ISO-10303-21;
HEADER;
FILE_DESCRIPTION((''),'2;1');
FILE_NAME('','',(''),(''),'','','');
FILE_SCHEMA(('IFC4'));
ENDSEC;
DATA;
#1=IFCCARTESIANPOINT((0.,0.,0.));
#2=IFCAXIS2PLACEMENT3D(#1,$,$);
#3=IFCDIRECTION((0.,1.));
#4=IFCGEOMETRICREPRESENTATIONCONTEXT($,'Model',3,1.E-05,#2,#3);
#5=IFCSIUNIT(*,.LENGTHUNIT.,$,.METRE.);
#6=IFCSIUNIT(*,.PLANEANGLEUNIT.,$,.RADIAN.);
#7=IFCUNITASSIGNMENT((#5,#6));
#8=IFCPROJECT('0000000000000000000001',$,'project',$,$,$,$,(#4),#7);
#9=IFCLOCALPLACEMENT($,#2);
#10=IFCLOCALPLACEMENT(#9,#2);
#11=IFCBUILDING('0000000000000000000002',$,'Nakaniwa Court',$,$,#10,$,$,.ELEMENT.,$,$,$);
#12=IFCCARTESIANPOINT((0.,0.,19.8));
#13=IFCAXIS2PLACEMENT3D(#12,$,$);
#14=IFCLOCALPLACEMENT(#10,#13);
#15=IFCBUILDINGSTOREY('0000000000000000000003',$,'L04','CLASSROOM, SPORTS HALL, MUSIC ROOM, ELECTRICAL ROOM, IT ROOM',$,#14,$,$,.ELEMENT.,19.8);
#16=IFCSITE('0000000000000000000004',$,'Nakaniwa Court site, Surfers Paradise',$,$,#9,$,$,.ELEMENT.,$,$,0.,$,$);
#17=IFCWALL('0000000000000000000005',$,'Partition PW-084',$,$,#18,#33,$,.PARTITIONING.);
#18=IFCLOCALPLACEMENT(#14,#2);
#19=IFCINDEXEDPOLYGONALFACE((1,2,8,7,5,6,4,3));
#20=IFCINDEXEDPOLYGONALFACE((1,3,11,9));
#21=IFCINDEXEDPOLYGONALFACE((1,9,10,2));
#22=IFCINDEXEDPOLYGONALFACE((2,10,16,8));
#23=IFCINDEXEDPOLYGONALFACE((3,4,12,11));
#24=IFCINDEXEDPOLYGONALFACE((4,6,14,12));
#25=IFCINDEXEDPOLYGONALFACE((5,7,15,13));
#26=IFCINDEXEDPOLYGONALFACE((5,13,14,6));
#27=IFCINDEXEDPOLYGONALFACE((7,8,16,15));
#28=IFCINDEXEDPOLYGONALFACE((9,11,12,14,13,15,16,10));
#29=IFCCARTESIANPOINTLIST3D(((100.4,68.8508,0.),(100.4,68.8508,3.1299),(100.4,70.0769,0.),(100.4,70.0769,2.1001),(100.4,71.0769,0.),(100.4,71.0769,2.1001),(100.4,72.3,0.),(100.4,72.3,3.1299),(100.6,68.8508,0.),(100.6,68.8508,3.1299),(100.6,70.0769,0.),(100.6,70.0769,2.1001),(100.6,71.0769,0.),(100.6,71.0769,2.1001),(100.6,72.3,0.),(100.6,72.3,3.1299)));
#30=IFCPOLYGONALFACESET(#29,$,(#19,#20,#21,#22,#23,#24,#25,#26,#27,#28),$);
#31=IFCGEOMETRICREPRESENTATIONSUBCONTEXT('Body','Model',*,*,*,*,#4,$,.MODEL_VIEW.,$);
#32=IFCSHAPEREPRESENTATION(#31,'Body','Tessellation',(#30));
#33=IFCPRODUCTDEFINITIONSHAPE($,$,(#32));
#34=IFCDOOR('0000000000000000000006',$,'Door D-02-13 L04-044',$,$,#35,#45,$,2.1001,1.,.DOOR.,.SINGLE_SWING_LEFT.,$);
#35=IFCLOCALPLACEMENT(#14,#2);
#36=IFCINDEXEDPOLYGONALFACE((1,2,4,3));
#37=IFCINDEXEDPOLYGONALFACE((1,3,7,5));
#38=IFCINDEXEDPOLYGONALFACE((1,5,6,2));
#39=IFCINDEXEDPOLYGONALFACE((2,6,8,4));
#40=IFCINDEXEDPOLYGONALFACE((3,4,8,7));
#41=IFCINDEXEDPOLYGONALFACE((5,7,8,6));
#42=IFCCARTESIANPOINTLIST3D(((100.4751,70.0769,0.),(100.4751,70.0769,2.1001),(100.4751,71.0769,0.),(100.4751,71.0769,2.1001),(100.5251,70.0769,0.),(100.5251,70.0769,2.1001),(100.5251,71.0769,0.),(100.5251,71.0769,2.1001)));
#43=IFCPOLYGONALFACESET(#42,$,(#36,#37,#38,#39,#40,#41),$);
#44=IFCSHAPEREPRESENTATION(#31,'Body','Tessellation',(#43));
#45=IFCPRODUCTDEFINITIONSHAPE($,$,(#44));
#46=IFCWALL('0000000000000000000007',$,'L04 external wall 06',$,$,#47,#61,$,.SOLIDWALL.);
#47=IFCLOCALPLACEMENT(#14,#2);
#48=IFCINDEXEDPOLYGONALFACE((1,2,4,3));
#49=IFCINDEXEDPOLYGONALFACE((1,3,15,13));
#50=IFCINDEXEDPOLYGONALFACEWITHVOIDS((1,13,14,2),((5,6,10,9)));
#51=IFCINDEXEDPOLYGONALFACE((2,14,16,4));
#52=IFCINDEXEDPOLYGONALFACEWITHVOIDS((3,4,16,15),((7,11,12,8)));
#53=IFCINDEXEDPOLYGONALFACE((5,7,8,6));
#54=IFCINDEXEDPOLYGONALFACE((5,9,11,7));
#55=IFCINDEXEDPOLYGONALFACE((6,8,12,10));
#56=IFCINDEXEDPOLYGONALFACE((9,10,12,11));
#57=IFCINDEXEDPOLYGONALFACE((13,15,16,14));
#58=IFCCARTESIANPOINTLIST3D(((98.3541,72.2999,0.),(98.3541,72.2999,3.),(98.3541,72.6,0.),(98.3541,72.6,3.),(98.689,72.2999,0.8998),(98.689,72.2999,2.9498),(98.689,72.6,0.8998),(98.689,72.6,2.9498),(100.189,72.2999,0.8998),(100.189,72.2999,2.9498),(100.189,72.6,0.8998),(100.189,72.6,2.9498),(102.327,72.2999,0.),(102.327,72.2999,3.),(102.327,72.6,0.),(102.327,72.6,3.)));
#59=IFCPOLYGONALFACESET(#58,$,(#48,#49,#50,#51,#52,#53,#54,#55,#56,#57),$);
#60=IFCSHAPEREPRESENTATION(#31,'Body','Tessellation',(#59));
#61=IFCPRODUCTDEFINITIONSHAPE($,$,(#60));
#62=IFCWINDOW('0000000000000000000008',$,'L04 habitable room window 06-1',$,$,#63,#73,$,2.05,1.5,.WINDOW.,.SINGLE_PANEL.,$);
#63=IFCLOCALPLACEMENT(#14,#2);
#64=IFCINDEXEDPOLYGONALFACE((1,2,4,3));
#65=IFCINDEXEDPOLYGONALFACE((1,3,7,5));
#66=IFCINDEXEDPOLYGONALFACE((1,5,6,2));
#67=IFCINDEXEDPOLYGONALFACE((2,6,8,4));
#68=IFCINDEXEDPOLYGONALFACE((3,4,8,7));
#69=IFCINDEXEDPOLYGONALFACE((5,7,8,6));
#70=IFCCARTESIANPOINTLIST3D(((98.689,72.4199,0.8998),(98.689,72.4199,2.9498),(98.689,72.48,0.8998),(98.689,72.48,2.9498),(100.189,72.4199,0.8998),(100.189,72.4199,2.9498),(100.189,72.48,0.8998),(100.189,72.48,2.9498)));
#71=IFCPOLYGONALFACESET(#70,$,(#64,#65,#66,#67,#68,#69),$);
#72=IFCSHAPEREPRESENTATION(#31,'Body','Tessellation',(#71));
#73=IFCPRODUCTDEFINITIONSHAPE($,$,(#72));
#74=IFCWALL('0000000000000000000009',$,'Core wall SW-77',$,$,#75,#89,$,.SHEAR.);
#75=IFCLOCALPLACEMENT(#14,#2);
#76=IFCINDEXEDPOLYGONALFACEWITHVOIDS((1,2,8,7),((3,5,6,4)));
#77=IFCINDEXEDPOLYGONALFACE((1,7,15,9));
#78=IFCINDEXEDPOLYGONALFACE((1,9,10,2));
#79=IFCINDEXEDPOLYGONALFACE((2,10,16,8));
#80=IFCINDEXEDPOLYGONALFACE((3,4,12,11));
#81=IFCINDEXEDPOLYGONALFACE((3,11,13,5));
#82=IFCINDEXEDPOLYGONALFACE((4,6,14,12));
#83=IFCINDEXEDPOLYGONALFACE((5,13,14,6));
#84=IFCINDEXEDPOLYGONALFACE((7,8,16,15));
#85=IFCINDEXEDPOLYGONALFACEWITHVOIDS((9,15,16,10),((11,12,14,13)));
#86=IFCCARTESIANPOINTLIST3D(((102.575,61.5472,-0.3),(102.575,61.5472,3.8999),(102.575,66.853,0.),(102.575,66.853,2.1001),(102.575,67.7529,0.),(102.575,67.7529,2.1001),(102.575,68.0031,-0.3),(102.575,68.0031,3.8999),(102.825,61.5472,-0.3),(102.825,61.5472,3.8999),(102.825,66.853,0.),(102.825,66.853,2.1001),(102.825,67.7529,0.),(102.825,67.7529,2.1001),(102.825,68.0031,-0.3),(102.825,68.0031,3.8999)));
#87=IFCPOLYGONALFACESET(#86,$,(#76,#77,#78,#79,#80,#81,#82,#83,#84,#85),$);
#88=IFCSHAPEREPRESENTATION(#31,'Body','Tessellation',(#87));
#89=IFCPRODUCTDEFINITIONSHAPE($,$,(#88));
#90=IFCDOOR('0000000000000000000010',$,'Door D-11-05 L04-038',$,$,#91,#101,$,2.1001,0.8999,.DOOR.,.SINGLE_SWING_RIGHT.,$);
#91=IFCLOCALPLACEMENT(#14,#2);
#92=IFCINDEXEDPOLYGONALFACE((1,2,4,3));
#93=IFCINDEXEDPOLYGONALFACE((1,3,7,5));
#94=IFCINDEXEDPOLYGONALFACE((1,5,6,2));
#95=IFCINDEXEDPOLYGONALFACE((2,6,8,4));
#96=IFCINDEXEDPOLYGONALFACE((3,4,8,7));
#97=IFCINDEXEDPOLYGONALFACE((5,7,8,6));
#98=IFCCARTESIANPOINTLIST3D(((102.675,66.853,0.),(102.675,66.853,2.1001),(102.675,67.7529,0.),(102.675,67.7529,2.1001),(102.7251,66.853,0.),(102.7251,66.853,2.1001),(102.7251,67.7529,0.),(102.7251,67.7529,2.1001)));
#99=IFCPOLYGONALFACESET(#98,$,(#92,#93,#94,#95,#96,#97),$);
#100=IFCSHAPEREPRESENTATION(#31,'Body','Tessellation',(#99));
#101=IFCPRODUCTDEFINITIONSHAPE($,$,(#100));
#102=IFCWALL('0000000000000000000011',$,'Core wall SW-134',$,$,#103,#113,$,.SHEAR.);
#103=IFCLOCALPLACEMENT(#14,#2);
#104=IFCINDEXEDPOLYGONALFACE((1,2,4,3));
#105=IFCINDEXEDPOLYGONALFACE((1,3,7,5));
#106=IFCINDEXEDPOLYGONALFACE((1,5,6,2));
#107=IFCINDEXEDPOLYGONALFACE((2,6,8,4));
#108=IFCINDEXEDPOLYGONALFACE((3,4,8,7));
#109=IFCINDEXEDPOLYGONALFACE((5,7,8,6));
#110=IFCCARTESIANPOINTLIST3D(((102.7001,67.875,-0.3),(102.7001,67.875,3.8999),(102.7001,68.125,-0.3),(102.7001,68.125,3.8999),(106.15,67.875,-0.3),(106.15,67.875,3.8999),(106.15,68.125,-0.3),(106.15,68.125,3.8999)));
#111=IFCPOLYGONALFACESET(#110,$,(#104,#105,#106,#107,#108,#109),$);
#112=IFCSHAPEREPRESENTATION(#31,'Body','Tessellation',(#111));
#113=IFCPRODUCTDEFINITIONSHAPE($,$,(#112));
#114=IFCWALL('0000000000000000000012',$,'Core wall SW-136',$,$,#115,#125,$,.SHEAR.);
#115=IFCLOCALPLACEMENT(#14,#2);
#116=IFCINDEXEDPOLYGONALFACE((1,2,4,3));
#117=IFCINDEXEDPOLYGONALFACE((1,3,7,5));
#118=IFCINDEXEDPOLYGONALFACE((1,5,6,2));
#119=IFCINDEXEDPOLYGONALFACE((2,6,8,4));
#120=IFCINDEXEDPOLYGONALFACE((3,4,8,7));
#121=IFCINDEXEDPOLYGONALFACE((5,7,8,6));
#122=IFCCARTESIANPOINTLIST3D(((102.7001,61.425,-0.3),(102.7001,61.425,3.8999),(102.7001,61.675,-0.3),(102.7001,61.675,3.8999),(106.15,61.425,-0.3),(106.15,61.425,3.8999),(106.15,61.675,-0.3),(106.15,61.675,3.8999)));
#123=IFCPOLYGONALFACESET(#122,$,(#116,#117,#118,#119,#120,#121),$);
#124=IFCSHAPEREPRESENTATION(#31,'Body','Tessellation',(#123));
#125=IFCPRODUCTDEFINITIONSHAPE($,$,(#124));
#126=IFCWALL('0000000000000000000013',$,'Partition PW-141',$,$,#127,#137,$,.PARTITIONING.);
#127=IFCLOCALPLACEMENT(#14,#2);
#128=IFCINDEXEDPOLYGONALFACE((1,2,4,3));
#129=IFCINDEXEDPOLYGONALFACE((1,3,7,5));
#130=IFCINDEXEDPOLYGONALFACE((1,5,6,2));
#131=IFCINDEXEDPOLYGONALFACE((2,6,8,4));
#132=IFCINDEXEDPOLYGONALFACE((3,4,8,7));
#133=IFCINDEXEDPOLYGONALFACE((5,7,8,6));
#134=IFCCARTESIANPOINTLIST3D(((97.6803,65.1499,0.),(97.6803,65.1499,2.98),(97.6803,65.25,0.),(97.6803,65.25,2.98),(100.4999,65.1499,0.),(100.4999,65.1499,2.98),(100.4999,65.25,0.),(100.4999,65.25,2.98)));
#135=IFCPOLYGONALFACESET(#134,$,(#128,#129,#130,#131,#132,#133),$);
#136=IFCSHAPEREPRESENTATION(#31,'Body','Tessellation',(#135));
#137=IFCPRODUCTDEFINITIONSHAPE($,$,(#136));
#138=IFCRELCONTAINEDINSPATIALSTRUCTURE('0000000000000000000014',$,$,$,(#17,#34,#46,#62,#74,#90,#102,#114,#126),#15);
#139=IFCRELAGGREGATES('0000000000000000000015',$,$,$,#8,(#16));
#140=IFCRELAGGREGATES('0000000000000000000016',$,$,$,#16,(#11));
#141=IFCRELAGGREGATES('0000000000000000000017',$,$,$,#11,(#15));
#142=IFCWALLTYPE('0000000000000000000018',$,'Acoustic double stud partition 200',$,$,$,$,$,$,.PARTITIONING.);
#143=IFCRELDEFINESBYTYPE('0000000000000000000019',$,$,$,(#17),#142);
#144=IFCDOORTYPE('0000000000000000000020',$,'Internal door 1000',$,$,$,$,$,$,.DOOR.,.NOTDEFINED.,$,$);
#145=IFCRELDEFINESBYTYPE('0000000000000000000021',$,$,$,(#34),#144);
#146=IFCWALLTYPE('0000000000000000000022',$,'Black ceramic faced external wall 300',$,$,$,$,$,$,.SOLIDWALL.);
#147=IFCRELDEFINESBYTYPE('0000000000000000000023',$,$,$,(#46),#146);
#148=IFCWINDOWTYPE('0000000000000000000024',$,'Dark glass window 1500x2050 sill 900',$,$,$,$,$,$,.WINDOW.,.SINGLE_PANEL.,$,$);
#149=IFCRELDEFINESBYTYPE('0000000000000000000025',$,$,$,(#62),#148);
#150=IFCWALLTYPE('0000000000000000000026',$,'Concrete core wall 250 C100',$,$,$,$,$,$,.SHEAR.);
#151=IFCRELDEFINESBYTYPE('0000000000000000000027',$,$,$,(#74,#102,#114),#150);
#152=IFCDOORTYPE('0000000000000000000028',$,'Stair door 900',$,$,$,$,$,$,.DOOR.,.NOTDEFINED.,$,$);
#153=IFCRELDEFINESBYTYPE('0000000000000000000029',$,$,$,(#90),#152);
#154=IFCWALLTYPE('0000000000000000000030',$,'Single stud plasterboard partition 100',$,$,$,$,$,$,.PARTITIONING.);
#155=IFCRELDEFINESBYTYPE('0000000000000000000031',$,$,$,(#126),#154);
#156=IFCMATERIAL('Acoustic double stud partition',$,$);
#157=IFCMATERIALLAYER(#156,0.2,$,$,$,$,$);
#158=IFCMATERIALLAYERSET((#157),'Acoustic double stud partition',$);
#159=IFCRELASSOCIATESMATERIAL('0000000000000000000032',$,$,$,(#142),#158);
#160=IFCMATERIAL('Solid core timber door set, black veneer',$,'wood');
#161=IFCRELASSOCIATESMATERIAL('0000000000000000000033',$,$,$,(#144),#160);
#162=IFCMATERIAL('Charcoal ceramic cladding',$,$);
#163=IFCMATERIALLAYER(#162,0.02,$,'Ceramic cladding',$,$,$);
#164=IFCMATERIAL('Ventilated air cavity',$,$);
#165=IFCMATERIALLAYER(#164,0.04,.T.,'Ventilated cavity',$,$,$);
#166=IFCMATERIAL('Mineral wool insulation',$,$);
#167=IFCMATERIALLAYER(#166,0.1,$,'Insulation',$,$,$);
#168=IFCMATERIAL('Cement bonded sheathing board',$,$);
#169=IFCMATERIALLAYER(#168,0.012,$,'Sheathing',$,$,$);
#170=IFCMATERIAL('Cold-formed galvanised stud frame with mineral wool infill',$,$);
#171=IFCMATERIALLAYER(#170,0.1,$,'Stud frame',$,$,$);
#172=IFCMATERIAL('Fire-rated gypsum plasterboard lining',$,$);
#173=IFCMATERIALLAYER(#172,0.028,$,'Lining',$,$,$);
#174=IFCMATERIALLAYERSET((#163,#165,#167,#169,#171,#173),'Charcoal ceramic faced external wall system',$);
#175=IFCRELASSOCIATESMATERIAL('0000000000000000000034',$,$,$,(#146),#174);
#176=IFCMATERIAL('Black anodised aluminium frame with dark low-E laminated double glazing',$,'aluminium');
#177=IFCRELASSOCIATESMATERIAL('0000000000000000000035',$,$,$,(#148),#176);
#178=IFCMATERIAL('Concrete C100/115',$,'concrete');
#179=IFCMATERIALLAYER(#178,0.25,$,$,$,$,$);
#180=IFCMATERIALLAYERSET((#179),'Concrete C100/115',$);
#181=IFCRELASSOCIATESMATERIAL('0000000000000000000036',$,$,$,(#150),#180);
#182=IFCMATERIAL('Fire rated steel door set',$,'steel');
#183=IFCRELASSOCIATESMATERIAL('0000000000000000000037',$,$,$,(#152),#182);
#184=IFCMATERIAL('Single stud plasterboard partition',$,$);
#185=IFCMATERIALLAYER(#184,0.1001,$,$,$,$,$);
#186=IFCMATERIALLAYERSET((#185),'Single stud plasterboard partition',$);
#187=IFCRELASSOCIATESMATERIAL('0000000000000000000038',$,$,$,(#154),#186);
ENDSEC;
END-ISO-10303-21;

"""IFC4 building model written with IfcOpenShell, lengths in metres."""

from ifc_helpers import new_model, si_unit, direction, frame, frame_2d, origin, place, context, subcontext, project, spatial, rectangle, extrude, material, layer, layer_set, type_object, element, fill, save


model = new_model("IFC4")

# Units and contexts
model_context = context("Model", 3, precision=1e-05, world=origin(), true_north=direction((0.0, 1.0)))
body_context = subcontext(model_context, "Body", "Model", "MODEL_VIEW")
ifc_project = project(units=[si_unit("LENGTHUNIT", "METRE"), si_unit("PLANEANGLEUNIT", "RADIAN")], contexts=[model_context])

# Site, building, storey
site_placement = place(None, origin())
site = spatial("IfcSite", under=ifc_project, at=site_placement, Name="Nakaniwa Court site, Surfers Paradise", CompositionType="ELEMENT", RefElevation=0.0)
building_placement = place(site_placement, origin())
building = spatial("IfcBuilding", under=site, at=building_placement, Name="Nakaniwa Court", CompositionType="ELEMENT")
storey_placement = place(building_placement, frame((0.0, 0.0, 19.8)))
storey = spatial("IfcBuildingStorey", under=building, at=storey_placement, Name="L04", Description="CLASSROOM, SPORTS HALL, MUSIC ROOM, ELECTRICAL ROOM, IT ROOM", CompositionType="ELEMENT", Elevation=19.8)

# Shared definitions
ifc_material_1 = material(Name="Concrete C100/115", Category="concrete")

# Wall, opening, door
ifc_material_2 = material(Name="Acoustic double stud partition")
ifc_layer_1 = layer(ifc_material_2, 0.2)
ifc_layer_set_1 = layer_set([ifc_layer_1], Name="Acoustic double stud partition")
wall_type_1 = type_object("IfcWallType", Name="Acoustic double stud partition 200", PredefinedType="PARTITIONING", material=ifc_layer_set_1)
ifc_material_3 = material(Name="Solid core timber door set, black veneer", Category="wood")
door_type_1 = type_object("IfcDoorType", Name="Internal door 1000", OperationType="NOTDEFINED", PredefinedType="DOOR", material=ifc_material_3)
wall_1_placement = place(storey_placement, frame((100.5, 68.8508, 0.0), z_axis=(0.0, 0.0, 1.0), x_axis=(0.0, 1.0, 0.0)))
wall_1 = element("IfcWall", 1, at=wall_1_placement, inside=storey, type_object=wall_type_1, Name="Partition PW-084", PredefinedType="PARTITIONING", context=body_context, shape_type="SweptSolid", body=[
    extrude(rectangle(XDim=3.4492, YDim=0.2, at=frame_2d((1.7246, 0.0))), origin(), (0.0, 0.0, 1.0), 3.1299),
])
opening_1_placement = place(wall_1_placement, frame((1.2261, 0.0, 0.0)))
opening_1 = element("IfcOpeningElement", 2, at=opening_1_placement, cuts=wall_1, PredefinedType="OPENING", context=body_context, shape_type="SweptSolid", body=[
    extrude(rectangle(XDim=1.0, YDim=2.1001, at=frame_2d((0.5, 1.05))), frame((0.0, 0.1099, 0.0), z_axis=(0.0, -1.0, 0.0), x_axis=(1.0, 0.0, 0.0)), (0.0, 0.0, 1.0), 0.22),
])
door_1_placement = place(opening_1_placement, origin())
door_1 = element("IfcDoor", 3, at=door_1_placement, inside=storey, type_object=door_type_1, Name="Door D-02-13 L04-044", OperationType="SINGLE_SWING_LEFT", OverallHeight=2.1001, OverallWidth=1.0, PredefinedType="DOOR", context=body_context, shape_type="SweptSolid", body=[
    extrude(rectangle(XDim=1.0, YDim=2.1001, at=frame_2d((0.5, 1.05))), frame((0.0, 0.0249, 0.0), z_axis=(0.0, -1.0, 0.0), x_axis=(1.0, 0.0, 0.0)), (0.0, 0.0, 1.0), 0.05),
])
fill(opening_1, door_1)

# Wall, opening, window
ifc_material_4 = material(Name="Charcoal ceramic cladding")
ifc_layer_2 = layer(ifc_material_4, 0.02, Name="Ceramic cladding")
ifc_material_5 = material(Name="Ventilated air cavity")
ifc_layer_3 = layer(ifc_material_5, 0.04, ventilated=True, Name="Ventilated cavity")
ifc_material_6 = material(Name="Mineral wool insulation")
ifc_layer_4 = layer(ifc_material_6, 0.1, Name="Insulation")
ifc_material_7 = material(Name="Cement bonded sheathing board")
ifc_layer_5 = layer(ifc_material_7, 0.012, Name="Sheathing")
ifc_material_8 = material(Name="Cold-formed galvanised stud frame with mineral wool infill")
ifc_layer_6 = layer(ifc_material_8, 0.1, Name="Stud frame")
ifc_material_9 = material(Name="Fire-rated gypsum plasterboard lining")
ifc_layer_7 = layer(ifc_material_9, 0.028, Name="Lining")
ifc_layer_set_2 = layer_set([ifc_layer_2, ifc_layer_3, ifc_layer_4, ifc_layer_5, ifc_layer_6, ifc_layer_7], Name="Charcoal ceramic faced external wall system")
wall_type_2 = type_object("IfcWallType", Name="Black ceramic faced external wall 300", PredefinedType="SOLIDWALL", material=ifc_layer_set_2)
wall_2_placement = place(storey_placement, frame((102.3269, 72.45, 0.0), z_axis=(0.0, 0.0, 1.0), x_axis=(-1.0, 0.0, 0.0)))
wall_2 = element("IfcWall", 4, at=wall_2_placement, inside=storey, type_object=wall_type_2, Name="L04 external wall 06", PredefinedType="SOLIDWALL", context=body_context, shape_type="SweptSolid", body=[
    extrude(rectangle(XDim=3.9729, YDim=0.3, at=frame_2d((1.9863, 0.0))), origin(), (0.0, 0.0, 1.0), 3.0),
])
opening_2_placement = place(wall_2_placement, frame((2.1379, 0.0, 0.8999)))
opening_2 = element("IfcOpeningElement", 5, at=opening_2_placement, cuts=wall_2, PredefinedType="OPENING", context=body_context, shape_type="SweptSolid", body=[
    extrude(rectangle(XDim=1.5, YDim=2.05, at=frame_2d((0.75, 1.0249))), frame((0.0, 0.1599, 0.0), z_axis=(0.0, -1.0, 0.0), x_axis=(1.0, 0.0, 0.0)), (0.0, 0.0, 1.0), 0.3201),
])
ifc_material_10 = material(Name="Black anodised aluminium frame with dark low-E laminated double glazing", Category="aluminium")
window_type = type_object("IfcWindowType", Name="Dark glass window 1500x2050 sill 900", PartitioningType="SINGLE_PANEL", PredefinedType="WINDOW", material=ifc_material_10)
window_placement = place(opening_2_placement, origin())
window = element("IfcWindow", 6, at=window_placement, inside=storey, type_object=window_type, Name="L04 habitable room window 06-1", OverallHeight=2.05, OverallWidth=1.5, PartitioningType="SINGLE_PANEL", PredefinedType="WINDOW", context=body_context, shape_type="SweptSolid", body=[
    extrude(rectangle(XDim=1.5, YDim=2.05, at=frame_2d((0.75, 1.0249))), frame((0.0, 0.03, 0.0), z_axis=(0.0, -1.0, 0.0), x_axis=(1.0, 0.0, 0.0)), (0.0, 0.0, 1.0), 0.0601),
])
fill(opening_2, window)

# Wall, opening, door
ifc_layer_8 = layer(ifc_material_1, 0.25)
ifc_layer_set_3 = layer_set([ifc_layer_8], Name="Concrete C100/115")
wall_type_3 = type_object("IfcWallType", Name="Concrete core wall 250 C100", PredefinedType="SHEAR", material=ifc_layer_set_3)
wall_3_placement = place(storey_placement, frame((102.7, 61.5471, -0.3), z_axis=(0.0, 0.0, 1.0), x_axis=(0.0, 1.0, 0.0)))
wall_3 = element("IfcWall", 7, at=wall_3_placement, inside=storey, type_object=wall_type_3, Name="Core wall SW-77", PredefinedType="SHEAR", context=body_context, shape_type="SweptSolid", body=[
    extrude(rectangle(XDim=6.4558, YDim=0.25, at=frame_2d((3.228, 0.0))), origin(), (0.0, 0.0, 1.0), 4.2),
])
opening_3_placement = place(wall_3_placement, frame((5.3059, 0.0, 0.3)))
opening_3 = element("IfcOpeningElement", 8, at=opening_3_placement, cuts=wall_3, PredefinedType="OPENING", context=body_context, shape_type="SweptSolid", body=[
    extrude(rectangle(XDim=0.8999, YDim=2.1001, at=frame_2d((0.45, 1.05))), frame((0.0, 0.135, 0.0), z_axis=(0.0, -1.0, 0.0), x_axis=(1.0, 0.0, 0.0)), (0.0, 0.0, 1.0), 0.27),
])
ifc_material_11 = material(Name="Fire rated steel door set", Category="steel")
door_type_2 = type_object("IfcDoorType", Name="Stair door 900", OperationType="NOTDEFINED", PredefinedType="DOOR", material=ifc_material_11)
door_2_placement = place(opening_3_placement, origin())
door_2 = element("IfcDoor", 9, at=door_2_placement, inside=storey, type_object=door_type_2, Name="Door D-11-05 L04-038", OperationType="SINGLE_SWING_RIGHT", OverallHeight=2.1001, OverallWidth=0.8999, PredefinedType="DOOR", context=body_context, shape_type="SweptSolid", body=[
    extrude(rectangle(XDim=0.8999, YDim=2.1001, at=frame_2d((0.45, 1.05))), frame((0.0, 0.0249, 0.0), z_axis=(0.0, -1.0, 0.0), x_axis=(1.0, 0.0, 0.0)), (0.0, 0.0, 1.0), 0.05),
])
fill(opening_3, door_2)

# Walls
for number, where, z_axis, x_axis, name in (
    (10, (102.7, 68.0, -0.3), (0.0, 0.0, 1.0), (1.0, 0.0, 0.0), "Core wall SW-134"),
    (11, (102.7, 61.55, -0.3), (0.0, 0.0, 1.0), (1.0, 0.0, 0.0), "Core wall SW-136"),
):
    element("IfcWall", number, at=place(storey_placement, frame(where, z_axis=z_axis, x_axis=x_axis)), inside=storey, type_object=wall_type_3, Name=name, PredefinedType="SHEAR", context=body_context, shape_type="SweptSolid", body=[
        extrude(rectangle(XDim=3.45, YDim=0.25, at=frame_2d((1.7251, 0.0))), origin(), (0.0, 0.0, 1.0), 4.2),
    ])
ifc_material_12 = material(Name="Single stud plasterboard partition")
ifc_layer_9 = layer(ifc_material_12, 0.1001)
ifc_layer_set_4 = layer_set([ifc_layer_9], Name="Single stud plasterboard partition")
wall_type_4 = type_object("IfcWallType", Name="Single stud plasterboard partition 100", PredefinedType="PARTITIONING", material=ifc_layer_set_4)
wall_4_placement = place(storey_placement, frame((97.6804, 65.2, 0.0), z_axis=(0.0, 0.0, 1.0), x_axis=(1.0, 0.0, 0.0)))
element("IfcWall", 12, at=wall_4_placement, inside=storey, type_object=wall_type_4, Name="Partition PW-141", PredefinedType="PARTITIONING", context=body_context, shape_type="SweptSolid", body=[
    extrude(rectangle(XDim=2.8196, YDim=0.1001, at=frame_2d((1.4097, 0.0))), origin(), (0.0, 0.0, 1.0), 2.98),
])

save(model, "model.ifc")
